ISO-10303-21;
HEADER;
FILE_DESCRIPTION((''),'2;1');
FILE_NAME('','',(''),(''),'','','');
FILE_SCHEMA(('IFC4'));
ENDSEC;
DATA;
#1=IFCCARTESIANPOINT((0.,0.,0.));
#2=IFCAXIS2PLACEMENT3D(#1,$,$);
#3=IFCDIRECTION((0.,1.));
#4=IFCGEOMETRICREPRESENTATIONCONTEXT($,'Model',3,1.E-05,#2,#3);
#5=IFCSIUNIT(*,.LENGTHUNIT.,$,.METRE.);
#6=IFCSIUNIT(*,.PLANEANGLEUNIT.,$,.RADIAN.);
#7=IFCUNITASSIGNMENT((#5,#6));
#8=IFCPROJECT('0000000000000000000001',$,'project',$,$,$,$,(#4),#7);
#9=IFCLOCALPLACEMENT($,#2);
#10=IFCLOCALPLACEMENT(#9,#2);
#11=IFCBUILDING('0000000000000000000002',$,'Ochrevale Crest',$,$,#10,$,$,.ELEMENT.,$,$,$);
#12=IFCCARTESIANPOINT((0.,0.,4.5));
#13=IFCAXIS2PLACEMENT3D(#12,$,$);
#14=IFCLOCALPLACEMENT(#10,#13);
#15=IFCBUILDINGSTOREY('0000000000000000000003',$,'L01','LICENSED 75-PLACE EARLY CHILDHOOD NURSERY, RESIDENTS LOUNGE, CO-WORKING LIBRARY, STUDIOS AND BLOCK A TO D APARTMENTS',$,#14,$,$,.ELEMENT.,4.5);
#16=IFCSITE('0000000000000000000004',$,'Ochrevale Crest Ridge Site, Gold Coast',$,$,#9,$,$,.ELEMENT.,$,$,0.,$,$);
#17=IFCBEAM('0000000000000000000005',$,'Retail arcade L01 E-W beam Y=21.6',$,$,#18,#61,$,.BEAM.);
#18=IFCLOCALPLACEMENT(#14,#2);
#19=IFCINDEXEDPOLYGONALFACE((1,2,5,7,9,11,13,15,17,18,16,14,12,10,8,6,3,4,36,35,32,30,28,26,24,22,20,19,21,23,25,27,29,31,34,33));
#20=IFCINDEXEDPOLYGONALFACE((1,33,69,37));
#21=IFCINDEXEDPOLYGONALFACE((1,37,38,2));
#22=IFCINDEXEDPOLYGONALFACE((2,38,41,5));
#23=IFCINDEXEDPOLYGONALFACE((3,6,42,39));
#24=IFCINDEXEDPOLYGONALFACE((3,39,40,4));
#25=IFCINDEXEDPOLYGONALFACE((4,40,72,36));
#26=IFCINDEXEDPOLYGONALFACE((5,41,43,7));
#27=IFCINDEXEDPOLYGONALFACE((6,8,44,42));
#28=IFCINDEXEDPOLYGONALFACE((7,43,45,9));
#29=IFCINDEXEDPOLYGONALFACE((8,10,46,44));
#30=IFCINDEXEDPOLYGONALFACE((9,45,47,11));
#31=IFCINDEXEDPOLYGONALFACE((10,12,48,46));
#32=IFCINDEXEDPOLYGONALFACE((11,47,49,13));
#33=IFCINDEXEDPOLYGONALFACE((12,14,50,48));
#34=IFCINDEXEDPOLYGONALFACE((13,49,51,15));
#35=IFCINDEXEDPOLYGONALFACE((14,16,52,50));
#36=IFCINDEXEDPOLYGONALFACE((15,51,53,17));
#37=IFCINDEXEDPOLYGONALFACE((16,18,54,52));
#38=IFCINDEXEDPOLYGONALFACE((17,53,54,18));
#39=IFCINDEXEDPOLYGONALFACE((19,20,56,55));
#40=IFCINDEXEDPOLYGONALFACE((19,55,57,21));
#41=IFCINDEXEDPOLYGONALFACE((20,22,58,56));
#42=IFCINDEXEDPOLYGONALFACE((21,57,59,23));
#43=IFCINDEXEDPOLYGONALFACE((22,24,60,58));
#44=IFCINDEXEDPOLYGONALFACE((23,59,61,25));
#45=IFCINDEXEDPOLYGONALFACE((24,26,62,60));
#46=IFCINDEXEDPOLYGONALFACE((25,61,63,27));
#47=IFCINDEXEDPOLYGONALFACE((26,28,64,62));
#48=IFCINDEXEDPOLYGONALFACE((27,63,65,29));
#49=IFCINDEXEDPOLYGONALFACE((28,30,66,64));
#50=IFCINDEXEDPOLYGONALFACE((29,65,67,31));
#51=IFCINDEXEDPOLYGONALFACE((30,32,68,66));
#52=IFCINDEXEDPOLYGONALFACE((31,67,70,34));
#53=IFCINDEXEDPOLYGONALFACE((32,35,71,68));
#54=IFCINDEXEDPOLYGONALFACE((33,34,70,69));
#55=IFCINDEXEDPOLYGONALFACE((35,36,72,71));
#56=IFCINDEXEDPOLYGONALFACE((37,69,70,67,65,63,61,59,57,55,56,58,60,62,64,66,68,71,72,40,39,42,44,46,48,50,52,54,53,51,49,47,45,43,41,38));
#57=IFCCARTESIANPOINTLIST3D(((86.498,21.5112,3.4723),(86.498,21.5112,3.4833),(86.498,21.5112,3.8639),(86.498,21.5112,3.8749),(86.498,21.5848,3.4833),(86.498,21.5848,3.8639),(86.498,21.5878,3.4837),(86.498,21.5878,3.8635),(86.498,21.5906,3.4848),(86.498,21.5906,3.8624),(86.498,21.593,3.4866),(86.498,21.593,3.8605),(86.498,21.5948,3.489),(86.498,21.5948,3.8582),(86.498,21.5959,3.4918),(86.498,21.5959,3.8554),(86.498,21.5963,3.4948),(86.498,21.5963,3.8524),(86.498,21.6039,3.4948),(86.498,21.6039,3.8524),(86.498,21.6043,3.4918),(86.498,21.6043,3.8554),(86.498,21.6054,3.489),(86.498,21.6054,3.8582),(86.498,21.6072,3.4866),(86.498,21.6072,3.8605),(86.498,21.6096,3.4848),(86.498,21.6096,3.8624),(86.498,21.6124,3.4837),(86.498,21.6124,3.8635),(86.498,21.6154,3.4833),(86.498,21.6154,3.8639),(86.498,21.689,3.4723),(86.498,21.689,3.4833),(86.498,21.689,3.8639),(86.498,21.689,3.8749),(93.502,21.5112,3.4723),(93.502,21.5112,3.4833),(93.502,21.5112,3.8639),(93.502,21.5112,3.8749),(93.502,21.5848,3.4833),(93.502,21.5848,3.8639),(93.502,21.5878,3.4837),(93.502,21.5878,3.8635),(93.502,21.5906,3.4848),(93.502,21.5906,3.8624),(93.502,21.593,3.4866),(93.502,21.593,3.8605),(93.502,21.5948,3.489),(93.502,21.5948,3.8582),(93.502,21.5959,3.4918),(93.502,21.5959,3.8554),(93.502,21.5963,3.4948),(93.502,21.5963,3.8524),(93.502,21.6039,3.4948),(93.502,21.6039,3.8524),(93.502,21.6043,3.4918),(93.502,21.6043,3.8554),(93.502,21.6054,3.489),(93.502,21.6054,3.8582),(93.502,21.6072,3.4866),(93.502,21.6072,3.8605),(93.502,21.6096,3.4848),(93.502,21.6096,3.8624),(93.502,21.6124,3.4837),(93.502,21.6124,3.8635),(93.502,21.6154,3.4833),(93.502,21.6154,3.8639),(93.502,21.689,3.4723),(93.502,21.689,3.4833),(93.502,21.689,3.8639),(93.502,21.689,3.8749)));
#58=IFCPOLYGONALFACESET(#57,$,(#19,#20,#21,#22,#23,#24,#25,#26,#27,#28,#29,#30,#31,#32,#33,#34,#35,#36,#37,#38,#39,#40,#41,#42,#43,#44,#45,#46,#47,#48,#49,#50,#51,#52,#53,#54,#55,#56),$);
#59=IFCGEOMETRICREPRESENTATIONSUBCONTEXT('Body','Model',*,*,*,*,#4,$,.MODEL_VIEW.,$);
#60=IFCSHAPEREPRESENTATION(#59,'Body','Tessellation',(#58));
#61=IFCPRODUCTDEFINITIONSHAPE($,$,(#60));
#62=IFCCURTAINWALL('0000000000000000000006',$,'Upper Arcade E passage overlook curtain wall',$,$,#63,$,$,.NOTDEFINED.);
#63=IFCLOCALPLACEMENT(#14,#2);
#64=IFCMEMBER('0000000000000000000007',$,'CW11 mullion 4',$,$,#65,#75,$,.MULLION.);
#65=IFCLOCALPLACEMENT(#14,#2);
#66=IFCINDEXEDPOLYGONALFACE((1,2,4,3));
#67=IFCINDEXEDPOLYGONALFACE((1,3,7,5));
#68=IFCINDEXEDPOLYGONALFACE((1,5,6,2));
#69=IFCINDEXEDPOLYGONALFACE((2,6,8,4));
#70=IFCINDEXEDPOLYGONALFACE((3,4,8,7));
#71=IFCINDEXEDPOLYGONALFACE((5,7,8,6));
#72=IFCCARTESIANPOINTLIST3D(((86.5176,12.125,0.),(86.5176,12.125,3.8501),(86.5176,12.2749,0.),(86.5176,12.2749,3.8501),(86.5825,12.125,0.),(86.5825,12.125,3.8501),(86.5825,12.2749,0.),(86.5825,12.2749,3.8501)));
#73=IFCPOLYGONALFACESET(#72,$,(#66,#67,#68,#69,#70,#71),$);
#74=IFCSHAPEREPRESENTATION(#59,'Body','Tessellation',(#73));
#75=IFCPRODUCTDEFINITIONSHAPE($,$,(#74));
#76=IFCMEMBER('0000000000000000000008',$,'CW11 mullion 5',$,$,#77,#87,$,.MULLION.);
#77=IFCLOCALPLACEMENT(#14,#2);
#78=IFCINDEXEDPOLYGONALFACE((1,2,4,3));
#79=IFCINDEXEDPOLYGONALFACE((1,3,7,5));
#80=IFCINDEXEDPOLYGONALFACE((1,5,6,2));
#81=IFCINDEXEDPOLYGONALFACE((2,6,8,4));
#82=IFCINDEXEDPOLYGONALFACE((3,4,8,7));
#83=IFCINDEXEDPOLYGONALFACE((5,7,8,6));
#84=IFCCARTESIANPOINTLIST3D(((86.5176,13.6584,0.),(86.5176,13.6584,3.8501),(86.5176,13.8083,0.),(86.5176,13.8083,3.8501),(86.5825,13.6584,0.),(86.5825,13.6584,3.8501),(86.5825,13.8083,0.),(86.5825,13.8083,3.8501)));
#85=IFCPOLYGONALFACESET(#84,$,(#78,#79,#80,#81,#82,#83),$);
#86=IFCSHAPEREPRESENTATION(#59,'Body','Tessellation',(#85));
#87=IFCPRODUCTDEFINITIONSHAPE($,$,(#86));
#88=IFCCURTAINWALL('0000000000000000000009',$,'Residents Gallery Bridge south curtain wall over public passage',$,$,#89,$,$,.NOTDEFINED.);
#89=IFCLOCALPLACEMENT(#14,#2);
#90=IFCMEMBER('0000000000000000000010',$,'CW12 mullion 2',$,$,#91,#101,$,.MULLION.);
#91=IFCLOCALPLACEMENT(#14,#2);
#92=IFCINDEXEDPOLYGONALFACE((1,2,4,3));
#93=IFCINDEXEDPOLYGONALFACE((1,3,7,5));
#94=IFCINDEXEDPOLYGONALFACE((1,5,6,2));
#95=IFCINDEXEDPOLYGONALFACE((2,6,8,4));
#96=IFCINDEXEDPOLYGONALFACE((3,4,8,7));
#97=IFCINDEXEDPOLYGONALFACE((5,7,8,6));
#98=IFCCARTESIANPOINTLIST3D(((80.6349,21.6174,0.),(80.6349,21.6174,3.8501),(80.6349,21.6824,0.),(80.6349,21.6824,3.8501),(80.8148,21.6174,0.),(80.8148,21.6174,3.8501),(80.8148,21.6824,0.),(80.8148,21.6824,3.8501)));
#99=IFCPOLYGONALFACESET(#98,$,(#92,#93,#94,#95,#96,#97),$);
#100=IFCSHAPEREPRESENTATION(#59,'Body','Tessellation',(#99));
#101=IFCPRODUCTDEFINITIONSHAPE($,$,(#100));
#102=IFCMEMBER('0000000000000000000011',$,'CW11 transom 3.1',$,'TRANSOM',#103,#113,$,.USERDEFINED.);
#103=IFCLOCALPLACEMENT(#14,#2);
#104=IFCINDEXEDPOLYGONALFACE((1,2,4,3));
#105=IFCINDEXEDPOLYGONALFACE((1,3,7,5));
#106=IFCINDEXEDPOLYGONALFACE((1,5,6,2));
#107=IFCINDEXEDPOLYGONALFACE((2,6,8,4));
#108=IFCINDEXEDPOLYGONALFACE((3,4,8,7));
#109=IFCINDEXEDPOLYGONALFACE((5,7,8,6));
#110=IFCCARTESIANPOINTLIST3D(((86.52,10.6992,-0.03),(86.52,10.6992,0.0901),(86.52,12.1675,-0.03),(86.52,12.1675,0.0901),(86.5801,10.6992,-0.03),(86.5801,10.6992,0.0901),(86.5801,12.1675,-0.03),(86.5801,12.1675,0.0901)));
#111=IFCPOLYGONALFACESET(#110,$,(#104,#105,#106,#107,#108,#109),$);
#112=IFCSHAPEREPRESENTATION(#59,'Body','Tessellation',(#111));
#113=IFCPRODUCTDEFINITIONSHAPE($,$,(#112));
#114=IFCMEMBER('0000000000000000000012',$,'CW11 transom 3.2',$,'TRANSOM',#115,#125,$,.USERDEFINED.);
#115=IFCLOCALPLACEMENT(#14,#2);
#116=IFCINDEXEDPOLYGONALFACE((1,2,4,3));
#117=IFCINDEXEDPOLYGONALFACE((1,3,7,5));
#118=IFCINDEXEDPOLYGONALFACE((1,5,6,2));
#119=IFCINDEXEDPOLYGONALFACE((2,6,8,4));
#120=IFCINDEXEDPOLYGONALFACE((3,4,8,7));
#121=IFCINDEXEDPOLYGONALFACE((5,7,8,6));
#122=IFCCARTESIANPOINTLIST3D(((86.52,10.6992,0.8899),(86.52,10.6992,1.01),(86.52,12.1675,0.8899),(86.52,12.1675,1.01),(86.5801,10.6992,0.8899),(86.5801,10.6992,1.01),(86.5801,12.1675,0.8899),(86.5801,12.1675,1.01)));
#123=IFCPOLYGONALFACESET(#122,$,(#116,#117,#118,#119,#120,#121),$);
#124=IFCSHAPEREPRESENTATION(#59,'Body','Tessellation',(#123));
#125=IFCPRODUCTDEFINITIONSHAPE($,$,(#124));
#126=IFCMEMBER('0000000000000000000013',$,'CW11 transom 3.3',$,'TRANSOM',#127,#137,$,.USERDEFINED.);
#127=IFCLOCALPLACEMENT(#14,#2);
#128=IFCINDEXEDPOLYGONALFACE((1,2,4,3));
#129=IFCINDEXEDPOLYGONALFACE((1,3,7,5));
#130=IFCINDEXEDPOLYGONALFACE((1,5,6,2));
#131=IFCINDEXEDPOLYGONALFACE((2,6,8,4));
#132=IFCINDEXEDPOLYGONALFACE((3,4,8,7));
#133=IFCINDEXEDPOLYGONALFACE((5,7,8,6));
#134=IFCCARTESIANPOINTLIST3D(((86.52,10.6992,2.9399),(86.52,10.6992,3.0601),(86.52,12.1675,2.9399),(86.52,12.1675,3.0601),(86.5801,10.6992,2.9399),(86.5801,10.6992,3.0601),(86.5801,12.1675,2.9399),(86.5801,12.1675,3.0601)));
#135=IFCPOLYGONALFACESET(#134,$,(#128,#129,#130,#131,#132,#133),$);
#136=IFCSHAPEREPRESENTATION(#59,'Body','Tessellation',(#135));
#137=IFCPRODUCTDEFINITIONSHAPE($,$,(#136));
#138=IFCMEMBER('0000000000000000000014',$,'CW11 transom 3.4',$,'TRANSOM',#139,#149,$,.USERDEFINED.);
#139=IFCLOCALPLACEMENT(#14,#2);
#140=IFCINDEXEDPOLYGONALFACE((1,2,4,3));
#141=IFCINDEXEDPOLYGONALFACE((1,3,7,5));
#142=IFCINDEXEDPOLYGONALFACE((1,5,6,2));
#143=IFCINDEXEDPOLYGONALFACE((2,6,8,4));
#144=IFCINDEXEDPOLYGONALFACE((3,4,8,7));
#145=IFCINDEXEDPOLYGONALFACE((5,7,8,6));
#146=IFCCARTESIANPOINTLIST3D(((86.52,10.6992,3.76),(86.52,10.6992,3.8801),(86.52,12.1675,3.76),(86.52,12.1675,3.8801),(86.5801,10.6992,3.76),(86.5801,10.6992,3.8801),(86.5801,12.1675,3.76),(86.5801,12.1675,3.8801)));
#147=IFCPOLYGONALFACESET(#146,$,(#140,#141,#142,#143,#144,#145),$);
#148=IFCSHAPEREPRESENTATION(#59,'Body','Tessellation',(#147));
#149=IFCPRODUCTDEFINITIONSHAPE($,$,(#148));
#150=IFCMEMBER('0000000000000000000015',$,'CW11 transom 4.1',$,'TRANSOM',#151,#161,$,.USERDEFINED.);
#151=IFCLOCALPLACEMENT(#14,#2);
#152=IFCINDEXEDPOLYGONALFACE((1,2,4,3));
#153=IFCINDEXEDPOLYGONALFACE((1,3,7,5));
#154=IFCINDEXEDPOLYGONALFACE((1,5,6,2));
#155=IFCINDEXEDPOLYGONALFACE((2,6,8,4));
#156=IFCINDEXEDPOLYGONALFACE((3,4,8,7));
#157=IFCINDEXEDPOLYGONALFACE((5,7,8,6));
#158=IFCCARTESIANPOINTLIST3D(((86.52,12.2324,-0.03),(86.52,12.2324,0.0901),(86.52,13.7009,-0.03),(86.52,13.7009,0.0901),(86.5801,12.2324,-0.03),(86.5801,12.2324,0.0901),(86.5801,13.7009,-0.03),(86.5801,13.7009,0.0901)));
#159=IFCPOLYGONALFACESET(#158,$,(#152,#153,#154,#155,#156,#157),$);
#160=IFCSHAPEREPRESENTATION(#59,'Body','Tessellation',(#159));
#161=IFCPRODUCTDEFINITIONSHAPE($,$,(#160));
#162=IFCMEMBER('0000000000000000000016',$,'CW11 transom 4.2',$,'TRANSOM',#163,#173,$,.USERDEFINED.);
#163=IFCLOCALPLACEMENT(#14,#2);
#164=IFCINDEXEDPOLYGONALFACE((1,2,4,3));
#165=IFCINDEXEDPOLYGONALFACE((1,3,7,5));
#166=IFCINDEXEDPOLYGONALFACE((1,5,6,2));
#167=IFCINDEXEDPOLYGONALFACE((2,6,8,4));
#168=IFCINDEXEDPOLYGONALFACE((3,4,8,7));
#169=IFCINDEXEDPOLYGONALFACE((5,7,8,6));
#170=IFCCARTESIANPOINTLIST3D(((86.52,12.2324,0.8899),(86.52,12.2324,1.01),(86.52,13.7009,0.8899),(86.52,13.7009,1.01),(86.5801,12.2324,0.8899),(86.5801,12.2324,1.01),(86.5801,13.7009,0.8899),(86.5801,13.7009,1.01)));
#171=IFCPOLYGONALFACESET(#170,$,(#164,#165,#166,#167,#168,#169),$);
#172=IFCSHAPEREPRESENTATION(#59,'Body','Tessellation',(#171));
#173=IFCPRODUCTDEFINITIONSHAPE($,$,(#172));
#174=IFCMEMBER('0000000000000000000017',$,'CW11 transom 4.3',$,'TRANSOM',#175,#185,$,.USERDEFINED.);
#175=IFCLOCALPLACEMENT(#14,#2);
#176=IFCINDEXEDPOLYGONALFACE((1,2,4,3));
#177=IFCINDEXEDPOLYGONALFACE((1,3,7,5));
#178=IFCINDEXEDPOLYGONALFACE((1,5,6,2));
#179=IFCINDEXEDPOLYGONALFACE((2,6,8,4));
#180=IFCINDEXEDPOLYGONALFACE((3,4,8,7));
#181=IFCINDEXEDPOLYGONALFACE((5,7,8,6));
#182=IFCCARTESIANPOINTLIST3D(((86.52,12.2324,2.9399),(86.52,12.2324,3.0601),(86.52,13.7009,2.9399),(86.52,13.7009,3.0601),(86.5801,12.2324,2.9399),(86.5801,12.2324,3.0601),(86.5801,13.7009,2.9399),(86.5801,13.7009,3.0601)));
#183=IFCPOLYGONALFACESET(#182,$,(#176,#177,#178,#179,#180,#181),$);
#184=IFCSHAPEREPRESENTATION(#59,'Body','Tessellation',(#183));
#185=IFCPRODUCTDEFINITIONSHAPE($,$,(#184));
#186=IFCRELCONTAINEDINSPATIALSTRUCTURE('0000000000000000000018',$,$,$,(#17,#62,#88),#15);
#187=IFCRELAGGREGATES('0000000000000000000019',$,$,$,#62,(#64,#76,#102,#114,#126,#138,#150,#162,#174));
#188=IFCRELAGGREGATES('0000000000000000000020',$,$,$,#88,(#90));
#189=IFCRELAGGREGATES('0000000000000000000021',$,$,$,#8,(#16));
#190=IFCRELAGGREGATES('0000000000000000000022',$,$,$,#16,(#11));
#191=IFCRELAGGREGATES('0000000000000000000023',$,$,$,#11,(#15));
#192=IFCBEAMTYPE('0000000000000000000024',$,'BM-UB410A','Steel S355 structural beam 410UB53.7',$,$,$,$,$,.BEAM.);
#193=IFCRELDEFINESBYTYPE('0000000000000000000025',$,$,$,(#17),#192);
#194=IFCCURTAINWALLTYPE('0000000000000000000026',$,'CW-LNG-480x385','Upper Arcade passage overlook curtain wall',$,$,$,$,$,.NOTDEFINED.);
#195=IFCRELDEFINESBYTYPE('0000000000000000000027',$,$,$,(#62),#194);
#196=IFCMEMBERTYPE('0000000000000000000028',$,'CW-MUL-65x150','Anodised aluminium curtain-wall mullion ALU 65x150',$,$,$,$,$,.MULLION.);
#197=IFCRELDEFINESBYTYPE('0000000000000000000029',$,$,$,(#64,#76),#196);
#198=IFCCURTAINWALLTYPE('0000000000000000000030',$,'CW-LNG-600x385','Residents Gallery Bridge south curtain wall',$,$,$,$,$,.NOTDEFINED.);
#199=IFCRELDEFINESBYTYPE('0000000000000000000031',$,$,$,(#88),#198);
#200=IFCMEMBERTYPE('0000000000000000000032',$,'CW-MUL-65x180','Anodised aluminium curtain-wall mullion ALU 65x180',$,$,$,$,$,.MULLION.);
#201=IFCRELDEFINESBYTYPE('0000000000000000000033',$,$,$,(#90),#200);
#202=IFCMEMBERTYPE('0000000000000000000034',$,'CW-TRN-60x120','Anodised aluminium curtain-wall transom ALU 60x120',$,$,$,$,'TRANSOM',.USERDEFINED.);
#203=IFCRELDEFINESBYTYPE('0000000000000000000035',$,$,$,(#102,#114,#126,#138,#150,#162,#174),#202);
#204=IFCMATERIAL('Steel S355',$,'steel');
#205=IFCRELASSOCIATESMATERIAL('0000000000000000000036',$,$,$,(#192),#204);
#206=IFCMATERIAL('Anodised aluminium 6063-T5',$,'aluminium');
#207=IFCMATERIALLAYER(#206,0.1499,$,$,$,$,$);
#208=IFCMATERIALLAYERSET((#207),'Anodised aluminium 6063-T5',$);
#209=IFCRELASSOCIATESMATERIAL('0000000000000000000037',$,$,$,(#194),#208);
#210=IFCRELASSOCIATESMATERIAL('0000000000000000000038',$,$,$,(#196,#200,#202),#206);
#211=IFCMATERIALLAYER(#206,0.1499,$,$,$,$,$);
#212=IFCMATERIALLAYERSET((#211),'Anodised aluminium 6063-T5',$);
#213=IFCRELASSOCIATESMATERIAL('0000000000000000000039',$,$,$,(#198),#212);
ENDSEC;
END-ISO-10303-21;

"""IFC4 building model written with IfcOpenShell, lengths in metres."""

from ifc_helpers import new_model, si_unit, direction, frame, origin, origin_2d, place, context, subcontext, project, spatial, rectangle, i_section, extrude, material, layer, layer_set, material_profile, profile_set, type_object, element, aggregate, save


model = new_model("IFC4")

# Units and contexts
model_context = context("Model", 3, precision=1e-05, world=origin(), true_north=direction((0.0, 1.0)))
body_context = subcontext(model_context, "Body", "Model", "MODEL_VIEW")
ifc_project = project(units=[si_unit("LENGTHUNIT", "METRE"), si_unit("PLANEANGLEUNIT", "RADIAN")], contexts=[model_context])

# Site, building, storey
site_placement = place(None, origin())
site = spatial("IfcSite", under=ifc_project, at=site_placement, Name="Ochrevale Crest Ridge Site, Gold Coast", CompositionType="ELEMENT", RefElevation=0.0)
building_placement = place(site_placement, origin())
building = spatial("IfcBuilding", under=site, at=building_placement, Name="Ochrevale Crest", CompositionType="ELEMENT")
storey_placement = place(building_placement, frame((0.0, 0.0, 4.5)))
storey = spatial("IfcBuildingStorey", under=building, at=storey_placement, Name="L01", Description="LICENSED 75-PLACE EARLY CHILDHOOD NURSERY, RESIDENTS LOUNGE, CO-WORKING LIBRARY, STUDIOS AND BLOCK A TO D APARTMENTS", CompositionType="ELEMENT", Elevation=4.5)

# Shared definitions
ifc_material_1 = material(Name="Steel S355", Category="steel")

# Beam
ifc_material_profile_1 = material_profile(ifc_material_1, i_section(OverallWidth=0.1777, OverallDepth=0.4026, WebThickness=0.0076, FlangeThickness=0.011, FilletRadius=0.0115, at=origin_2d()), Name="410UB53.7")
ifc_profile_set_1 = profile_set([ifc_material_profile_1], Name="Steel S355")
beam_type_1 = type_object("IfcBeamType", Name="BM-UB410A", Description="Steel S355 structural beam 410UB53.7", PredefinedType="BEAM", material=ifc_profile_set_1)
for number, where, z_axis, x_axis, name in (
    (1, (86.498, 21.6001, 3.6736), (1.0, 0.0, 0.0), (0.0, 1.0, 0.0), "Retail arcade L01 E-W beam Y=21.6"),
):
    element("IfcBeam", number, at=place(storey_placement, frame(where, z_axis=z_axis, x_axis=x_axis)), inside=storey, type_object=beam_type_1, Name=name, PredefinedType="BEAM", context=body_context, shape_type="SweptSolid", body=[
        extrude(i_section(OverallWidth=0.1777, OverallDepth=0.4026, WebThickness=0.0076, FlangeThickness=0.011, FilletRadius=0.0115, at=origin_2d()), origin(), (0.0, 0.0, 1.0), 7.0039),
    ])

# Curtain wall, members
ifc_material_2 = material(Name="Anodised aluminium 6063-T5", Category="aluminium")
ifc_layer_1 = layer(ifc_material_2, 0.1499)
ifc_layer_set_1 = layer_set([ifc_layer_1], Name="Anodised aluminium 6063-T5")
curtain_wall_type_1 = type_object("IfcCurtainWallType", Name="CW-LNG-480x385", Description="Upper Arcade passage overlook curtain wall", PredefinedType="NOTDEFINED", material=ifc_layer_set_1)
curtain_wall_1_placement = place(storey_placement, origin())
curtain_wall_1 = element("IfcCurtainWall", 2, at=curtain_wall_1_placement, inside=storey, type_object=curtain_wall_type_1, Name="Upper Arcade E passage overlook curtain wall", PredefinedType="NOTDEFINED")
ifc_material_profile_2 = material_profile(ifc_material_2, rectangle(XDim=0.0649, YDim=0.1499, at=origin_2d()), Name="ALU 65x150")
ifc_profile_set_2 = profile_set([ifc_material_profile_2], Name="Anodised aluminium 6063-T5")
member_type_1 = type_object("IfcMemberType", Name="CW-MUL-65x150", Description="Anodised aluminium curtain-wall mullion ALU 65x150", PredefinedType="MULLION", material=ifc_profile_set_2)
member_1_placement = place(storey_placement, frame((86.55, 12.2, 0.0), z_axis=(0.0, 0.0, 1.0), x_axis=(-1.0, 0.0, 0.0)))
member_1 = element("IfcMember", 3, at=member_1_placement, type_object=member_type_1, Name="CW11 mullion 4", PredefinedType="MULLION", context=body_context, shape_type="SweptSolid", body=[
    extrude(rectangle(XDim=0.0649, YDim=0.1499, at=origin_2d()), origin(), (0.0, 0.0, 1.0), 3.8501),
])
member_2_placement = place(storey_placement, frame((86.55, 13.7334, 0.0), z_axis=(0.0, 0.0, 1.0), x_axis=(-1.0, 0.0, 0.0)))
member_2 = element("IfcMember", 4, at=member_2_placement, type_object=member_type_1, Name="CW11 mullion 5", PredefinedType="MULLION", context=body_context, shape_type="SweptSolid", body=[
    extrude(rectangle(XDim=0.0649, YDim=0.1499, at=origin_2d()), origin(), (0.0, 0.0, 1.0), 3.8501),
])

# Curtain wall, member
ifc_layer_2 = layer(ifc_material_2, 0.1499)
ifc_layer_set_2 = layer_set([ifc_layer_2], Name="Anodised aluminium 6063-T5")
curtain_wall_type_2 = type_object("IfcCurtainWallType", Name="CW-LNG-600x385", Description="Residents Gallery Bridge south curtain wall", PredefinedType="NOTDEFINED", material=ifc_layer_set_2)
curtain_wall_2_placement = place(storey_placement, origin())
curtain_wall_2 = element("IfcCurtainWall", 5, at=curtain_wall_2_placement, inside=storey, type_object=curtain_wall_type_2, Name="Residents Gallery Bridge south curtain wall over public passage", PredefinedType="NOTDEFINED")
ifc_material_profile_3 = material_profile(ifc_material_2, rectangle(XDim=0.0649, YDim=0.1799, at=origin_2d()), Name="ALU 65x180")
ifc_profile_set_3 = profile_set([ifc_material_profile_3], Name="Anodised aluminium 6063-T5")
member_type_2 = type_object("IfcMemberType", Name="CW-MUL-65x180", Description="Anodised aluminium curtain-wall mullion ALU 65x180", PredefinedType="MULLION", material=ifc_profile_set_3)
member_3_placement = place(storey_placement, frame((80.7249, 21.6499, 0.0), z_axis=(0.0, 0.0, 1.0), x_axis=(0.0, 1.0, 0.0)))
member_3 = element("IfcMember", 6, at=member_3_placement, type_object=member_type_2, Name="CW12 mullion 2", PredefinedType="MULLION", context=body_context, shape_type="SweptSolid", body=[
    extrude(rectangle(XDim=0.0649, YDim=0.1799, at=origin_2d()), origin(), (0.0, 0.0, 1.0), 3.8501),
])

# Members
ifc_material_profile_4 = material_profile(ifc_material_2, rectangle(XDim=0.0601, YDim=0.1201, at=origin_2d()), Name="ALU 60x120")
ifc_profile_set_4 = profile_set([ifc_material_profile_4], Name="Anodised aluminium 6063-T5")
member_type_3 = type_object("IfcMemberType", Name="CW-TRN-60x120", Description="Anodised aluminium curtain-wall transom ALU 60x120", ElementType="TRANSOM", PredefinedType="USERDEFINED", material=ifc_profile_set_4)
member_4_placement = place(storey_placement, frame((86.55, 10.6992, 0.03), z_axis=(0.0, 1.0, 0.0), x_axis=(-1.0, 0.0, 0.0)))
member_4 = element("IfcMember", 7, at=member_4_placement, type_object=member_type_3, Name="CW11 transom 3.1", ObjectType="TRANSOM", PredefinedType="USERDEFINED", context=body_context, shape_type="SweptSolid", body=[
    extrude(rectangle(XDim=0.0601, YDim=0.1201, at=origin_2d()), origin(), (0.0, 0.0, 1.0), 1.4683),
])
member_5_placement = place(storey_placement, frame((86.55, 10.6992, 0.95), z_axis=(0.0, 1.0, 0.0), x_axis=(-1.0, 0.0, 0.0)))
member_5 = element("IfcMember", 8, at=member_5_placement, type_object=member_type_3, Name="CW11 transom 3.2", ObjectType="TRANSOM", PredefinedType="USERDEFINED", context=body_context, shape_type="SweptSolid", body=[
    extrude(rectangle(XDim=0.0601, YDim=0.1201, at=origin_2d()), origin(), (0.0, 0.0, 1.0), 1.4683),
])
member_6_placement = place(storey_placement, frame((86.55, 10.6992, 3.0), z_axis=(0.0, 1.0, 0.0), x_axis=(-1.0, 0.0, 0.0)))
member_6 = element("IfcMember", 9, at=member_6_placement, type_object=member_type_3, Name="CW11 transom 3.3", ObjectType="TRANSOM", PredefinedType="USERDEFINED", context=body_context, shape_type="SweptSolid", body=[
    extrude(rectangle(XDim=0.0601, YDim=0.1201, at=origin_2d()), origin(), (0.0, 0.0, 1.0), 1.4683),
])
member_7_placement = place(storey_placement, frame((86.55, 10.6992, 3.8201), z_axis=(0.0, 1.0, 0.0), x_axis=(-1.0, 0.0, 0.0)))
member_7 = element("IfcMember", 10, at=member_7_placement, type_object=member_type_3, Name="CW11 transom 3.4", ObjectType="TRANSOM", PredefinedType="USERDEFINED", context=body_context, shape_type="SweptSolid", body=[
    extrude(rectangle(XDim=0.0601, YDim=0.1201, at=origin_2d()), origin(), (0.0, 0.0, 1.0), 1.4683),
])
member_8_placement = place(storey_placement, frame((86.55, 12.2324, 0.03), z_axis=(0.0, 1.0, 0.0), x_axis=(-1.0, 0.0, 0.0)))
member_8 = element("IfcMember", 11, at=member_8_placement, type_object=member_type_3, Name="CW11 transom 4.1", ObjectType="TRANSOM", PredefinedType="USERDEFINED", context=body_context, shape_type="SweptSolid", body=[
    extrude(rectangle(XDim=0.0601, YDim=0.1201, at=origin_2d()), origin(), (0.0, 0.0, 1.0), 1.4685),
])
member_9_placement = place(storey_placement, frame((86.55, 12.2324, 0.95), z_axis=(0.0, 1.0, 0.0), x_axis=(-1.0, 0.0, 0.0)))
member_9 = element("IfcMember", 12, at=member_9_placement, type_object=member_type_3, Name="CW11 transom 4.2", ObjectType="TRANSOM", PredefinedType="USERDEFINED", context=body_context, shape_type="SweptSolid", body=[
    extrude(rectangle(XDim=0.0601, YDim=0.1201, at=origin_2d()), origin(), (0.0, 0.0, 1.0), 1.4685),
])
member_10_placement = place(storey_placement, frame((86.55, 12.2324, 3.0), z_axis=(0.0, 1.0, 0.0), x_axis=(-1.0, 0.0, 0.0)))
member_10 = element("IfcMember", 13, at=member_10_placement, type_object=member_type_3, Name="CW11 transom 4.3", ObjectType="TRANSOM", PredefinedType="USERDEFINED", context=body_context, shape_type="SweptSolid", body=[
    extrude(rectangle(XDim=0.0601, YDim=0.1201, at=origin_2d()), origin(), (0.0, 0.0, 1.0), 1.4685),
])

aggregate(curtain_wall_1, [member_1, member_2, member_4, member_5, member_6, member_7, member_8, member_9, member_10])
aggregate(curtain_wall_2, [member_3])

save(model, "model.ifc")
